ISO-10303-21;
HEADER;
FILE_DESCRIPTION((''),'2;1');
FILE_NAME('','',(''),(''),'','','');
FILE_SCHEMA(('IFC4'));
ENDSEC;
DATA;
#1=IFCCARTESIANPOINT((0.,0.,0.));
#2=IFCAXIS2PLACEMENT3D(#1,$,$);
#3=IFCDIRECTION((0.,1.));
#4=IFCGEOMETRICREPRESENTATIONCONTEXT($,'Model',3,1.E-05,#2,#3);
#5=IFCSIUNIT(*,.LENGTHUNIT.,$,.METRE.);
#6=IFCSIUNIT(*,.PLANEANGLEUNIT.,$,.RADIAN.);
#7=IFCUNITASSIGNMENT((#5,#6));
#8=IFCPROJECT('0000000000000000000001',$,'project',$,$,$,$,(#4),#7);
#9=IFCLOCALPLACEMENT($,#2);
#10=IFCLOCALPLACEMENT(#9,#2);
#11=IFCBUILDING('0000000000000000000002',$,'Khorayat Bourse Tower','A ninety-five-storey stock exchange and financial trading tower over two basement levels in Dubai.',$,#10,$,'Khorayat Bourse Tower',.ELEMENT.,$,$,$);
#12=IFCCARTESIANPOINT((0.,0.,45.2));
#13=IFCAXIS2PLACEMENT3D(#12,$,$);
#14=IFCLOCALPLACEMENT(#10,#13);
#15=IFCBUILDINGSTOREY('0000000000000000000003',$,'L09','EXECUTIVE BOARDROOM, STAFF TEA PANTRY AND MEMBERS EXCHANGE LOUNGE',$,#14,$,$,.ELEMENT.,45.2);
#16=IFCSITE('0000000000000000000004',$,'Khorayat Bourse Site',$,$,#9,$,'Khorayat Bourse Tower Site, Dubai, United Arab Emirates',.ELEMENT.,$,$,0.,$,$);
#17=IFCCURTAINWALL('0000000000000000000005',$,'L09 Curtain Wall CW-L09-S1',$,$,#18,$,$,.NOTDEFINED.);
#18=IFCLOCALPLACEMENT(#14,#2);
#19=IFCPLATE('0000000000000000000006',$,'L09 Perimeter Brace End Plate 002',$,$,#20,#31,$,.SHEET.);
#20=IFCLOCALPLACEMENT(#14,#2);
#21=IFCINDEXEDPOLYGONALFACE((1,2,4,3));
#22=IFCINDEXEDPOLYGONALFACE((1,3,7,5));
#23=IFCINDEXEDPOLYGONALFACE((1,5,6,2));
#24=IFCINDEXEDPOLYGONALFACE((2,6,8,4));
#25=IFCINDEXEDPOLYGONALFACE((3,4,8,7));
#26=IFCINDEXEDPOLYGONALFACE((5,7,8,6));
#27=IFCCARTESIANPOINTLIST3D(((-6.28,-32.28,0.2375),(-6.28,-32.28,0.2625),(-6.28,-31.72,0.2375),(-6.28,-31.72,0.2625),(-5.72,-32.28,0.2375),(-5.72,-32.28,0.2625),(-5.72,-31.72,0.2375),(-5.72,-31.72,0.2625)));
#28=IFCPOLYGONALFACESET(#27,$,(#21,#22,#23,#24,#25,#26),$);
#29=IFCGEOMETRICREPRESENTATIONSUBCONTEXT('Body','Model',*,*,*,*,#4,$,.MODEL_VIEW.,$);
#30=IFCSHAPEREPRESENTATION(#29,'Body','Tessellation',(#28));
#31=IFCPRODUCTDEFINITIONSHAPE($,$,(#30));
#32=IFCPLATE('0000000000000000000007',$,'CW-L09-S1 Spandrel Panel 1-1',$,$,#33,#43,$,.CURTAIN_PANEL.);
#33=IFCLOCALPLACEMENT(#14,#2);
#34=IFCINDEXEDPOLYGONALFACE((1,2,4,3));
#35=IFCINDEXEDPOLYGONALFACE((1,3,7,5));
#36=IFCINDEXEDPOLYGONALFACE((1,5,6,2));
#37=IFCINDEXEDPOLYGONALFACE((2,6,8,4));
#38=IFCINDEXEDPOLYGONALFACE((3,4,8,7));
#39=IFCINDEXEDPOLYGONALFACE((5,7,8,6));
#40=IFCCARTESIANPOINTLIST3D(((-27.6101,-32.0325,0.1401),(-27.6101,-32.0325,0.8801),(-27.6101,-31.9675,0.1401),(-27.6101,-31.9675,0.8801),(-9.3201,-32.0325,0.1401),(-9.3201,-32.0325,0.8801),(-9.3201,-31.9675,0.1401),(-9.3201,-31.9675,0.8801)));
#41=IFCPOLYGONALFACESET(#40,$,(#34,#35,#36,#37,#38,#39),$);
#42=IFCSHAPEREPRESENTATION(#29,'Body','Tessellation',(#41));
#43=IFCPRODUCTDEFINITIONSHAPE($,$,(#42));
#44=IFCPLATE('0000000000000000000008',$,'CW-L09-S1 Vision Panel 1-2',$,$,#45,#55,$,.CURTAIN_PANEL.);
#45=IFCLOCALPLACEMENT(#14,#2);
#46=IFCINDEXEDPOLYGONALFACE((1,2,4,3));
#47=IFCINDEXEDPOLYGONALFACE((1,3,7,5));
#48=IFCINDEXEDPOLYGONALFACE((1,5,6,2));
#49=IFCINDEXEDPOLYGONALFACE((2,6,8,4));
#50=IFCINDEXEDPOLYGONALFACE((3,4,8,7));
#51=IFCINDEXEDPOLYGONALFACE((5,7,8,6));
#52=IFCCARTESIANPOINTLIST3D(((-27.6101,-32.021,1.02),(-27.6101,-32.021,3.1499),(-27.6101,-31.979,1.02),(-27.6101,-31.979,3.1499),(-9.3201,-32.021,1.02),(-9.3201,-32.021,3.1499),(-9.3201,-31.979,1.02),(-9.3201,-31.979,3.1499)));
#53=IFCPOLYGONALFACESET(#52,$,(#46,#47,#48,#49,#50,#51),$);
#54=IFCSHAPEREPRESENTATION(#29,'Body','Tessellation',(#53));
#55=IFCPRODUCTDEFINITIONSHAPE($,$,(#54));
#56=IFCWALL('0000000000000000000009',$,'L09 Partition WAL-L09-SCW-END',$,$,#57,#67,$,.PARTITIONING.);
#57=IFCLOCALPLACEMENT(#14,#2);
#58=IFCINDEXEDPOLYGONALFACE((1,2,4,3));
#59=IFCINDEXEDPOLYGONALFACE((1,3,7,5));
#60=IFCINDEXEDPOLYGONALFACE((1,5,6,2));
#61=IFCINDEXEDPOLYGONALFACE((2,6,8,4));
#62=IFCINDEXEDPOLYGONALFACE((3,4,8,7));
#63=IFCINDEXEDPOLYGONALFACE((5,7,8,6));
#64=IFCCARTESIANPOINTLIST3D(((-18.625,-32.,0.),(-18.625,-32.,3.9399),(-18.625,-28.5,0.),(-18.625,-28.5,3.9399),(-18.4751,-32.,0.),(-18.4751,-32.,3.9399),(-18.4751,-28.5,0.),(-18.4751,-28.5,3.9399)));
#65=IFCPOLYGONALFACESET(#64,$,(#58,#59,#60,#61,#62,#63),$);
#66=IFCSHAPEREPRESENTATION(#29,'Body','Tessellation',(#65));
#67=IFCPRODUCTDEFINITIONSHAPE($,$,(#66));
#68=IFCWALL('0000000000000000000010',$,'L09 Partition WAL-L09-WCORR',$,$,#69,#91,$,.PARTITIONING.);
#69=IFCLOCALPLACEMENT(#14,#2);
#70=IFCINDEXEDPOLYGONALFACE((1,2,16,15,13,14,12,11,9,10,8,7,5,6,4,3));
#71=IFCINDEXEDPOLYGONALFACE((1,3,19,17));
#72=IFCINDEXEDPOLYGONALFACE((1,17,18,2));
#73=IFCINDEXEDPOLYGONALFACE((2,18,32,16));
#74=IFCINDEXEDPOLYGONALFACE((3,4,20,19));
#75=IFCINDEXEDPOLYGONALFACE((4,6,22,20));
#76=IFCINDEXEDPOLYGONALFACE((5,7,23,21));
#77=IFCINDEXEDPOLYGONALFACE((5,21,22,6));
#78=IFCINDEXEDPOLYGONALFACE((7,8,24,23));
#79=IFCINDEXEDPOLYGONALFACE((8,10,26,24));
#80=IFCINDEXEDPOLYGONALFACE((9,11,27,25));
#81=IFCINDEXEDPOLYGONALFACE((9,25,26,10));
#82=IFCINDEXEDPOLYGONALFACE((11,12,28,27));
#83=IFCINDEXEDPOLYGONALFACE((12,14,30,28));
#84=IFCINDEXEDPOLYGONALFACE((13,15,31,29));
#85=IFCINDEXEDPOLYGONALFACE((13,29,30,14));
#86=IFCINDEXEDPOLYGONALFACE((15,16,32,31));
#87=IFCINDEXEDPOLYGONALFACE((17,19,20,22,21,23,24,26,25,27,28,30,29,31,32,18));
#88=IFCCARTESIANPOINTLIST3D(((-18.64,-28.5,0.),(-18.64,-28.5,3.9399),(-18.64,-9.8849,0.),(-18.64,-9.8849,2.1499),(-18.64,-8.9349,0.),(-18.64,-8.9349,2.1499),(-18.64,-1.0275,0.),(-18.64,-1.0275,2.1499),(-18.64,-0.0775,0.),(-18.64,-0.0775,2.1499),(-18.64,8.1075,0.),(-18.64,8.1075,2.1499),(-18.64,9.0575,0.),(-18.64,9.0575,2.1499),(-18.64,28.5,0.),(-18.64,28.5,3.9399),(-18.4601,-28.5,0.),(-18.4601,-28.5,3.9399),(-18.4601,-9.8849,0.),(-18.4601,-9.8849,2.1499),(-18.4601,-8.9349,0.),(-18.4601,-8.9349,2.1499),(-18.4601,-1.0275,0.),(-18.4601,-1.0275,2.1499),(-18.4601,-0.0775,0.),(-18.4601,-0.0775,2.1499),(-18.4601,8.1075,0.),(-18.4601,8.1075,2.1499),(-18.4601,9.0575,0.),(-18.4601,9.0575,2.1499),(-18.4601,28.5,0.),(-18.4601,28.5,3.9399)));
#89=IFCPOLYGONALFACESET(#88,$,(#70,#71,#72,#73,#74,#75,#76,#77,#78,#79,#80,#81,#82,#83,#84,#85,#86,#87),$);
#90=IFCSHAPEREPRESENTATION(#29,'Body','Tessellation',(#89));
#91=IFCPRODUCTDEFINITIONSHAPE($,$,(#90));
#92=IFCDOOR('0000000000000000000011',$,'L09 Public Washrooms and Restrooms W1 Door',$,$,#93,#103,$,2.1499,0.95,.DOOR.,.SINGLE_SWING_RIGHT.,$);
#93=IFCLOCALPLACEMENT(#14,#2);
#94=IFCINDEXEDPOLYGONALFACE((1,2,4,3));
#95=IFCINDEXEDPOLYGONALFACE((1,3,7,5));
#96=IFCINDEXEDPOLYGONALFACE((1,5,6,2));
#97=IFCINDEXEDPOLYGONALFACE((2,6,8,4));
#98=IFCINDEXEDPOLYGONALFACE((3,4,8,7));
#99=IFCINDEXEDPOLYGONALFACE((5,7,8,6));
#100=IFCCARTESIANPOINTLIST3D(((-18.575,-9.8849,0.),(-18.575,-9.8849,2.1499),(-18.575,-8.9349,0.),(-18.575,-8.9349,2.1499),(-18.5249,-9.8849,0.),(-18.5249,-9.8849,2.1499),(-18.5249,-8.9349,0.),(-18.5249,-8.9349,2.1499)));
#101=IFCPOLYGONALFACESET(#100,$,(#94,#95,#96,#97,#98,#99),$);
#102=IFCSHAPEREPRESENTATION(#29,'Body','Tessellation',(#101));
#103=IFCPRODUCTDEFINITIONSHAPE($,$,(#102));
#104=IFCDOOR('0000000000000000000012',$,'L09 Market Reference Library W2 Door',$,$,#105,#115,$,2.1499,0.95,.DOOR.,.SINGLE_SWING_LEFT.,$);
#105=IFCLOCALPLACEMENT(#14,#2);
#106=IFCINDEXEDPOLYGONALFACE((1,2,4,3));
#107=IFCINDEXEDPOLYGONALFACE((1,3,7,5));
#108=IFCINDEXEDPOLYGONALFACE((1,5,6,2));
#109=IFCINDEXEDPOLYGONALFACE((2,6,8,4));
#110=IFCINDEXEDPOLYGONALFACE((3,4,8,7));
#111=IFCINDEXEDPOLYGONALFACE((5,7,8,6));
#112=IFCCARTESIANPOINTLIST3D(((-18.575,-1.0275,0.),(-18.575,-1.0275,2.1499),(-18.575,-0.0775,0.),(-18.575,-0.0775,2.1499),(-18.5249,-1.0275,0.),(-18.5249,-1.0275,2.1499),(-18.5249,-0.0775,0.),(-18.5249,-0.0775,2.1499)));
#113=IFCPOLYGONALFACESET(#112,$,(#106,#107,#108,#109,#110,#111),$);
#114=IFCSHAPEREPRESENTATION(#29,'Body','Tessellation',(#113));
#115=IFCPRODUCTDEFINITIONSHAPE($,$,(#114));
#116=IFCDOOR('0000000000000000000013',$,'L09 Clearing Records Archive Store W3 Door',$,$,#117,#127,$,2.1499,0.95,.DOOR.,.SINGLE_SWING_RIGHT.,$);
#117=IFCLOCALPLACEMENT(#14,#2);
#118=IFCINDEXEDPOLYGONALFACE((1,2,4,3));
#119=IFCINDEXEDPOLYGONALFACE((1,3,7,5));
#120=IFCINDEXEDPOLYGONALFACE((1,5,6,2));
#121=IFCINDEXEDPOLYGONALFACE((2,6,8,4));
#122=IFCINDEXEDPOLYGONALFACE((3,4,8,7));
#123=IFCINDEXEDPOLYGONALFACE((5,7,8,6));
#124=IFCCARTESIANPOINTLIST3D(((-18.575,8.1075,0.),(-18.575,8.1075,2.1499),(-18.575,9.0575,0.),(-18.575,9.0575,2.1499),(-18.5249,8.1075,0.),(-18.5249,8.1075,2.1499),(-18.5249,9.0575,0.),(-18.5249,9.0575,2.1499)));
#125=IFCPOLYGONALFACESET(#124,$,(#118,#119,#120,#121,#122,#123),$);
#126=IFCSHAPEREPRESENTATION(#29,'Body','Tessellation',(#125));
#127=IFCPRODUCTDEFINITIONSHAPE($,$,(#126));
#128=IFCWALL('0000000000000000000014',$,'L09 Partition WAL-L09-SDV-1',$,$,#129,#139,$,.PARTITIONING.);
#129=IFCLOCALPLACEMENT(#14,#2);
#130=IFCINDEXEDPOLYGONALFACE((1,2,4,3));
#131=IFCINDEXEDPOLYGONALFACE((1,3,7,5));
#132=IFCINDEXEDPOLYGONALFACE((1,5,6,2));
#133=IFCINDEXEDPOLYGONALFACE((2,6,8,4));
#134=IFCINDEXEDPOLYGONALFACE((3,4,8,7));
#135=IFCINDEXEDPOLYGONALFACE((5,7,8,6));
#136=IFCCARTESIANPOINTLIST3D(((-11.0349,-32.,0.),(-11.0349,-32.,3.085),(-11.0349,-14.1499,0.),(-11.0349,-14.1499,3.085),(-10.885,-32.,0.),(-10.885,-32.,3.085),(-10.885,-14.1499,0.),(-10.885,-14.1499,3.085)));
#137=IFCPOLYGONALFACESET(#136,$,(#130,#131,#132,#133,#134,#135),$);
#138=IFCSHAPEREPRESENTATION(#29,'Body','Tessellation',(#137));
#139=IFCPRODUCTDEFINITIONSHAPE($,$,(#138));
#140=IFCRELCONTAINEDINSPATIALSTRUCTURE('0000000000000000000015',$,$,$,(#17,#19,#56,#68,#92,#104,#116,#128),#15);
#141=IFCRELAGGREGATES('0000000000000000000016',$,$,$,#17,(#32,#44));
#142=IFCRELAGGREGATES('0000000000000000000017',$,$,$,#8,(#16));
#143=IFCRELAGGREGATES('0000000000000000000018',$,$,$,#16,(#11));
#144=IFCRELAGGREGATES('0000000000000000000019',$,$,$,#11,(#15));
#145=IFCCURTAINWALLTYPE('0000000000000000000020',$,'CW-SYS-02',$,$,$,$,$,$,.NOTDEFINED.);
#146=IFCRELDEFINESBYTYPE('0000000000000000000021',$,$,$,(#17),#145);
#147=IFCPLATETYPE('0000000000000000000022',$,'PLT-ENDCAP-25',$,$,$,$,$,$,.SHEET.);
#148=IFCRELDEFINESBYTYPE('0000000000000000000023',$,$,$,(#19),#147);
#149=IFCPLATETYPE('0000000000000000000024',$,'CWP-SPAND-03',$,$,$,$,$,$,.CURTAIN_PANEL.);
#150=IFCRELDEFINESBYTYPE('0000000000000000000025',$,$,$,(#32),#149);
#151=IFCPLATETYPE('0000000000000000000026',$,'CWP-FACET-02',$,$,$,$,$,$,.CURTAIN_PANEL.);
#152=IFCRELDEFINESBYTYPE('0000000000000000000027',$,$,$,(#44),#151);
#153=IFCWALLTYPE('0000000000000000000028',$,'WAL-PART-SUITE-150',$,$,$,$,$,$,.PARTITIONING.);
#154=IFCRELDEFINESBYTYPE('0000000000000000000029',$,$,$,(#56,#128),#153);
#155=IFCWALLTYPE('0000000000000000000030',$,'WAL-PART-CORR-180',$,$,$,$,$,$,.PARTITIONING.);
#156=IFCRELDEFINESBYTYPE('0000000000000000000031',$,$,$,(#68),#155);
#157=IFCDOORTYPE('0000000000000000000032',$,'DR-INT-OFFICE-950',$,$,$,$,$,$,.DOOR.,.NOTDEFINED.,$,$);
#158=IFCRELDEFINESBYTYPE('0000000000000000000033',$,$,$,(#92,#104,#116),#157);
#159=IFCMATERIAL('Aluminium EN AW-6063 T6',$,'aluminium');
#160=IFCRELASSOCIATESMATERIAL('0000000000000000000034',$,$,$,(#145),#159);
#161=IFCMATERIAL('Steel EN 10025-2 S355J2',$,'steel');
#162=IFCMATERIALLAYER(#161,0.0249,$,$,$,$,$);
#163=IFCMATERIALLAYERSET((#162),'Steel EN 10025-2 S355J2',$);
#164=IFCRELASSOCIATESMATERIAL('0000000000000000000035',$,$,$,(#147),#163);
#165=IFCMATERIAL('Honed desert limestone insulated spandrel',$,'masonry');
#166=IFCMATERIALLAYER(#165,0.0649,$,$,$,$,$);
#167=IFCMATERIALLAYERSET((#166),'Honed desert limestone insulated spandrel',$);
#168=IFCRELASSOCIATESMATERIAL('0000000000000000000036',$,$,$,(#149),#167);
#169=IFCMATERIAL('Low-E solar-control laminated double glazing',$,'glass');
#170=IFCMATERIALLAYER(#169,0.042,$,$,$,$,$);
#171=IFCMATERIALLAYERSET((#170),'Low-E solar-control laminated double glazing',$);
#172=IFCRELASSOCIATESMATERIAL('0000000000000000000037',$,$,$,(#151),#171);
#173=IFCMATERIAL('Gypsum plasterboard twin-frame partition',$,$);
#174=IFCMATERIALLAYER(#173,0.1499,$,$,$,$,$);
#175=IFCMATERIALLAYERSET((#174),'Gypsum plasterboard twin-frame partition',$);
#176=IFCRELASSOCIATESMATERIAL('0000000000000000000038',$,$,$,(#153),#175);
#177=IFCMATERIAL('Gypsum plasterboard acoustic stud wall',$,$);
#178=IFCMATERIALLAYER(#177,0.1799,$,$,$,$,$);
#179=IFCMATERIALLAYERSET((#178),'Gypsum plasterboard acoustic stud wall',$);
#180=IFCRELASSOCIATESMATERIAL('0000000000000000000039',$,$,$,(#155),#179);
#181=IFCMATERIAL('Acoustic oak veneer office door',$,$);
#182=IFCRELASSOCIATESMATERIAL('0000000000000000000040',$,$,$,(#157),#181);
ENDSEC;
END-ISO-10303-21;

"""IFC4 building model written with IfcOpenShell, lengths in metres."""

from ifc_helpers import new_model, si_unit, direction, frame, frame_2d, origin, origin_2d, place, context, subcontext, project, spatial, rectangle, extrude, source, transform, mapped, material, layer, layer_set, type_object, element, fill, aggregate, save


model = new_model("IFC4")

# Units and contexts
model_context = context("Model", 3, precision=1e-05, world=origin(), true_north=direction((0.0, 1.0)))
body_context = subcontext(model_context, "Body", "Model", "MODEL_VIEW")
ifc_project = project(units=[si_unit("LENGTHUNIT", "METRE"), si_unit("PLANEANGLEUNIT", "RADIAN")], contexts=[model_context])

# Site, building, storey
site_placement = place(None, origin())
site = spatial("IfcSite", under=ifc_project, at=site_placement, Name="Khorayat Bourse Site", LongName="Khorayat Bourse Tower Site, Dubai, United Arab Emirates", CompositionType="ELEMENT", RefElevation=0.0)
building_placement = place(site_placement, origin())
building = spatial("IfcBuilding", under=site, at=building_placement, Name="Khorayat Bourse Tower", Description="A ninety-five-storey stock exchange and financial trading tower over two basement levels in Dubai.", LongName="Khorayat Bourse Tower", CompositionType="ELEMENT")
storey_placement = place(building_placement, frame((0.0, 0.0, 45.2)))
storey = spatial("IfcBuildingStorey", under=building, at=storey_placement, Name="L09", Description="EXECUTIVE BOARDROOM, STAFF TEA PANTRY AND MEMBERS EXCHANGE LOUNGE", CompositionType="ELEMENT", Elevation=45.2)

# Curtain wall
ifc_material_1 = material(Name="Aluminium EN AW-6063 T6", Category="aluminium")
curtain_wall_type = type_object("IfcCurtainWallType", Name="CW-SYS-02", PredefinedType="NOTDEFINED", material=ifc_material_1)
curtain_wall_placement = place(storey_placement, origin())
curtain_wall = element("IfcCurtainWall", 1, at=curtain_wall_placement, inside=storey, type_object=curtain_wall_type, Name="L09 Curtain Wall CW-L09-S1", PredefinedType="NOTDEFINED")

# Plate
ifc_material_2 = material(Name="Steel EN 10025-2 S355J2", Category="steel")
ifc_layer_1 = layer(ifc_material_2, 0.0249)
ifc_layer_set_1 = layer_set([ifc_layer_1], Name="Steel EN 10025-2 S355J2")
plate_type_1 = type_object("IfcPlateType", Name="PLT-ENDCAP-25", PredefinedType="SHEET", material=ifc_layer_set_1)
shared_shape_1 = source(origin(), body_context, "Body", "SweptSolid", [
    extrude(rectangle(XDim=0.5601, YDim=0.5601, at=origin_2d()), origin(), (0.0, 0.0, 1.0), 0.0249),
])
for number, where, z_axis, x_axis, name in (
    (2, (-6.0, -32.0, 0.2375), (0.0, 0.0, 1.0), (1.0, 0.0, 0.0), "L09 Perimeter Brace End Plate 002"),
):
    element("IfcPlate", number, at=place(storey_placement, frame(where, z_axis=z_axis, x_axis=x_axis)), inside=storey, type_object=plate_type_1, Name=name, PredefinedType="SHEET", context=body_context, shape_type="MappedRepresentation", body=[
        mapped(shared_shape_1, transform((0.0, 0.0, 0.0), scale=1.0)),
    ])

# Plates
ifc_material_3 = material(Name="Honed desert limestone insulated spandrel", Category="masonry")
ifc_layer_2 = layer(ifc_material_3, 0.0649)
ifc_layer_set_2 = layer_set([ifc_layer_2], Name="Honed desert limestone insulated spandrel")
plate_type_2 = type_object("IfcPlateType", Name="CWP-SPAND-03", PredefinedType="CURTAIN_PANEL", material=ifc_layer_set_2)
shared_shape_2 = source(origin(), body_context, "Body", "SweptSolid", [
    extrude(rectangle(XDim=18.29, YDim=0.0649, at=origin_2d()), origin(), (0.0, 0.0, 1.0), 0.74),
])
plate_1_placement = place(storey_placement, frame((-18.4651, -32.0, 0.1401), z_axis=(0.0, 0.0, 1.0), x_axis=(1.0, 0.0, 0.0)))
plate_1 = element("IfcPlate", 3, at=plate_1_placement, type_object=plate_type_2, Name="CW-L09-S1 Spandrel Panel 1-1", PredefinedType="CURTAIN_PANEL", context=body_context, shape_type="MappedRepresentation", body=[
    mapped(shared_shape_2, transform((0.0, 0.0, 0.0), scale=1.0)),
])
ifc_material_4 = material(Name="Low-E solar-control laminated double glazing", Category="glass")
ifc_layer_3 = layer(ifc_material_4, 0.042)
ifc_layer_set_3 = layer_set([ifc_layer_3], Name="Low-E solar-control laminated double glazing")
plate_type_3 = type_object("IfcPlateType", Name="CWP-FACET-02", PredefinedType="CURTAIN_PANEL", material=ifc_layer_set_3)
shared_shape_3 = source(origin(), body_context, "Body", "SweptSolid", [
    extrude(rectangle(XDim=18.29, YDim=0.042, at=origin_2d()), origin(), (0.0, 0.0, 1.0), 2.1299),
])
plate_2_placement = place(storey_placement, frame((-18.4651, -32.0, 1.02), z_axis=(0.0, 0.0, 1.0), x_axis=(1.0, 0.0, 0.0)))
plate_2 = element("IfcPlate", 4, at=plate_2_placement, type_object=plate_type_3, Name="CW-L09-S1 Vision Panel 1-2", PredefinedType="CURTAIN_PANEL", context=body_context, shape_type="MappedRepresentation", body=[
    mapped(shared_shape_3, transform((0.0, 0.0, 0.0), scale=1.0)),
])
aggregate(curtain_wall, [plate_1, plate_2])

# Wall
ifc_material_5 = material(Name="Gypsum plasterboard twin-frame partition")
ifc_layer_4 = layer(ifc_material_5, 0.1499)
ifc_layer_set_4 = layer_set([ifc_layer_4], Name="Gypsum plasterboard twin-frame partition")
wall_type_1 = type_object("IfcWallType", Name="WAL-PART-SUITE-150", PredefinedType="PARTITIONING", material=ifc_layer_set_4)
shared_shape_4 = source(origin(), body_context, "Body", "SweptSolid", [
    extrude(rectangle(XDim=3.5, YDim=0.1499, at=frame_2d((1.75, 0.0))), origin(), (0.0, 0.0, 1.0), 3.9399),
])
wall_1_placement = place(storey_placement, frame((-18.55, -32.0, 0.0), z_axis=(0.0, 0.0, 1.0), x_axis=(0.0, 1.0, 0.0)))
element("IfcWall", 5, at=wall_1_placement, inside=storey, type_object=wall_type_1, Name="L09 Partition WAL-L09-SCW-END", PredefinedType="PARTITIONING", context=body_context, shape_type="MappedRepresentation", body=[
    mapped(shared_shape_4, transform((0.0, 0.0, 0.0), scale=1.0)),
])

# Wall, openings, doors
ifc_material_6 = material(Name="Gypsum plasterboard acoustic stud wall")
ifc_layer_5 = layer(ifc_material_6, 0.1799)
ifc_layer_set_5 = layer_set([ifc_layer_5], Name="Gypsum plasterboard acoustic stud wall")
wall_type_2 = type_object("IfcWallType", Name="WAL-PART-CORR-180", PredefinedType="PARTITIONING", material=ifc_layer_set_5)
shared_shape_5 = source(origin(), body_context, "Body", "SweptSolid", [
    extrude(rectangle(XDim=57.0, YDim=0.1799, at=frame_2d((28.5, 0.0))), origin(), (0.0, 0.0, 1.0), 3.9399),
])
wall_2_placement = place(storey_placement, frame((-18.55, -28.5, 0.0), z_axis=(0.0, 0.0, 1.0), x_axis=(0.0, 1.0, 0.0)))
wall_2 = element("IfcWall", 6, at=wall_2_placement, inside=storey, type_object=wall_type_2, Name="L09 Partition WAL-L09-WCORR", PredefinedType="PARTITIONING", context=body_context, shape_type="MappedRepresentation", body=[
    mapped(shared_shape_5, transform((0.0, 0.0, 0.0), scale=1.0)),
])
shared_shape_6 = source(origin(), body_context, "Body", "SweptSolid", [
    extrude(rectangle(XDim=0.95, YDim=2.1499, at=frame_2d((0.4751, 1.075))), frame((0.0, 0.0999, 0.0), z_axis=(0.0, -1.0, 0.0), x_axis=(1.0, 0.0, 0.0)), (0.0, 0.0, 1.0), 0.2),
])
opening_1_placement = place(wall_2_placement, frame((18.615, 0.0, 0.0)))
opening_1 = element("IfcOpeningElement", 7, at=opening_1_placement, cuts=wall_2, PredefinedType="OPENING", context=body_context, shape_type="MappedRepresentation", body=[
    mapped(shared_shape_6, transform((0.0, 0.0, 0.0), scale=1.0)),
])
opening_2_placement = place(wall_2_placement, frame((27.4724, 0.0, 0.0)))
opening_2 = element("IfcOpeningElement", 8, at=opening_2_placement, cuts=wall_2, PredefinedType="OPENING", context=body_context, shape_type="MappedRepresentation", body=[
    mapped(shared_shape_6, transform((0.0, 0.0, 0.0), scale=1.0)),
])
opening_3_placement = place(wall_2_placement, frame((36.6074, 0.0, 0.0)))
opening_3 = element("IfcOpeningElement", 9, at=opening_3_placement, cuts=wall_2, PredefinedType="OPENING", context=body_context, shape_type="MappedRepresentation", body=[
    mapped(shared_shape_6, transform((0.0, 0.0, 0.0), scale=1.0)),
])
ifc_material_7 = material(Name="Acoustic oak veneer office door")
door_type = type_object("IfcDoorType", Name="DR-INT-OFFICE-950", OperationType="NOTDEFINED", PredefinedType="DOOR", material=ifc_material_7)
shared_shape_7 = source(origin(), body_context, "Body", "SweptSolid", [
    extrude(rectangle(XDim=0.95, YDim=2.1499, at=frame_2d((0.4751, 1.075))), frame((0.0, 0.0249, 0.0), z_axis=(0.0, -1.0, 0.0), x_axis=(1.0, 0.0, 0.0)), (0.0, 0.0, 1.0), 0.05),
])
door_1_placement = place(opening_1_placement, origin())
door_1 = element("IfcDoor", 10, at=door_1_placement, inside=storey, type_object=door_type, Name="L09 Public Washrooms and Restrooms W1 Door", OperationType="SINGLE_SWING_RIGHT", OverallHeight=2.1499, OverallWidth=0.95, PredefinedType="DOOR", context=body_context, shape_type="MappedRepresentation", body=[
    mapped(shared_shape_7, transform((0.0, 0.0, 0.0), scale=1.0)),
])
fill(opening_1, door_1)
door_2_placement = place(opening_2_placement, origin())
door_2 = element("IfcDoor", 11, at=door_2_placement, inside=storey, type_object=door_type, Name="L09 Market Reference Library W2 Door", OperationType="SINGLE_SWING_LEFT", OverallHeight=2.1499, OverallWidth=0.95, PredefinedType="DOOR", context=body_context, shape_type="MappedRepresentation", body=[
    mapped(shared_shape_7, transform((0.0, 0.0, 0.0), scale=1.0)),
])
fill(opening_2, door_2)
door_3_placement = place(opening_3_placement, origin())
door_3 = element("IfcDoor", 12, at=door_3_placement, inside=storey, type_object=door_type, Name="L09 Clearing Records Archive Store W3 Door", OperationType="SINGLE_SWING_RIGHT", OverallHeight=2.1499, OverallWidth=0.95, PredefinedType="DOOR", context=body_context, shape_type="MappedRepresentation", body=[
    mapped(shared_shape_7, transform((0.0, 0.0, 0.0), scale=1.0)),
])
fill(opening_3, door_3)

# Wall
shared_shape_8 = source(origin(), body_context, "Body", "SweptSolid", [
    extrude(rectangle(XDim=17.8501, YDim=0.1499, at=frame_2d((8.925, 0.0))), origin(), (0.0, 0.0, 1.0), 3.085),
])
wall_3_placement = place(storey_placement, frame((-10.96, -32.0, 0.0), z_axis=(0.0, 0.0, 1.0), x_axis=(0.0, 1.0, 0.0)))
element("IfcWall", 13, at=wall_3_placement, inside=storey, type_object=wall_type_1, Name="L09 Partition WAL-L09-SDV-1", PredefinedType="PARTITIONING", context=body_context, shape_type="MappedRepresentation", body=[
    mapped(shared_shape_8, transform((0.0, 0.0, 0.0), scale=1.0)),
])

save(model, "model.ifc")
